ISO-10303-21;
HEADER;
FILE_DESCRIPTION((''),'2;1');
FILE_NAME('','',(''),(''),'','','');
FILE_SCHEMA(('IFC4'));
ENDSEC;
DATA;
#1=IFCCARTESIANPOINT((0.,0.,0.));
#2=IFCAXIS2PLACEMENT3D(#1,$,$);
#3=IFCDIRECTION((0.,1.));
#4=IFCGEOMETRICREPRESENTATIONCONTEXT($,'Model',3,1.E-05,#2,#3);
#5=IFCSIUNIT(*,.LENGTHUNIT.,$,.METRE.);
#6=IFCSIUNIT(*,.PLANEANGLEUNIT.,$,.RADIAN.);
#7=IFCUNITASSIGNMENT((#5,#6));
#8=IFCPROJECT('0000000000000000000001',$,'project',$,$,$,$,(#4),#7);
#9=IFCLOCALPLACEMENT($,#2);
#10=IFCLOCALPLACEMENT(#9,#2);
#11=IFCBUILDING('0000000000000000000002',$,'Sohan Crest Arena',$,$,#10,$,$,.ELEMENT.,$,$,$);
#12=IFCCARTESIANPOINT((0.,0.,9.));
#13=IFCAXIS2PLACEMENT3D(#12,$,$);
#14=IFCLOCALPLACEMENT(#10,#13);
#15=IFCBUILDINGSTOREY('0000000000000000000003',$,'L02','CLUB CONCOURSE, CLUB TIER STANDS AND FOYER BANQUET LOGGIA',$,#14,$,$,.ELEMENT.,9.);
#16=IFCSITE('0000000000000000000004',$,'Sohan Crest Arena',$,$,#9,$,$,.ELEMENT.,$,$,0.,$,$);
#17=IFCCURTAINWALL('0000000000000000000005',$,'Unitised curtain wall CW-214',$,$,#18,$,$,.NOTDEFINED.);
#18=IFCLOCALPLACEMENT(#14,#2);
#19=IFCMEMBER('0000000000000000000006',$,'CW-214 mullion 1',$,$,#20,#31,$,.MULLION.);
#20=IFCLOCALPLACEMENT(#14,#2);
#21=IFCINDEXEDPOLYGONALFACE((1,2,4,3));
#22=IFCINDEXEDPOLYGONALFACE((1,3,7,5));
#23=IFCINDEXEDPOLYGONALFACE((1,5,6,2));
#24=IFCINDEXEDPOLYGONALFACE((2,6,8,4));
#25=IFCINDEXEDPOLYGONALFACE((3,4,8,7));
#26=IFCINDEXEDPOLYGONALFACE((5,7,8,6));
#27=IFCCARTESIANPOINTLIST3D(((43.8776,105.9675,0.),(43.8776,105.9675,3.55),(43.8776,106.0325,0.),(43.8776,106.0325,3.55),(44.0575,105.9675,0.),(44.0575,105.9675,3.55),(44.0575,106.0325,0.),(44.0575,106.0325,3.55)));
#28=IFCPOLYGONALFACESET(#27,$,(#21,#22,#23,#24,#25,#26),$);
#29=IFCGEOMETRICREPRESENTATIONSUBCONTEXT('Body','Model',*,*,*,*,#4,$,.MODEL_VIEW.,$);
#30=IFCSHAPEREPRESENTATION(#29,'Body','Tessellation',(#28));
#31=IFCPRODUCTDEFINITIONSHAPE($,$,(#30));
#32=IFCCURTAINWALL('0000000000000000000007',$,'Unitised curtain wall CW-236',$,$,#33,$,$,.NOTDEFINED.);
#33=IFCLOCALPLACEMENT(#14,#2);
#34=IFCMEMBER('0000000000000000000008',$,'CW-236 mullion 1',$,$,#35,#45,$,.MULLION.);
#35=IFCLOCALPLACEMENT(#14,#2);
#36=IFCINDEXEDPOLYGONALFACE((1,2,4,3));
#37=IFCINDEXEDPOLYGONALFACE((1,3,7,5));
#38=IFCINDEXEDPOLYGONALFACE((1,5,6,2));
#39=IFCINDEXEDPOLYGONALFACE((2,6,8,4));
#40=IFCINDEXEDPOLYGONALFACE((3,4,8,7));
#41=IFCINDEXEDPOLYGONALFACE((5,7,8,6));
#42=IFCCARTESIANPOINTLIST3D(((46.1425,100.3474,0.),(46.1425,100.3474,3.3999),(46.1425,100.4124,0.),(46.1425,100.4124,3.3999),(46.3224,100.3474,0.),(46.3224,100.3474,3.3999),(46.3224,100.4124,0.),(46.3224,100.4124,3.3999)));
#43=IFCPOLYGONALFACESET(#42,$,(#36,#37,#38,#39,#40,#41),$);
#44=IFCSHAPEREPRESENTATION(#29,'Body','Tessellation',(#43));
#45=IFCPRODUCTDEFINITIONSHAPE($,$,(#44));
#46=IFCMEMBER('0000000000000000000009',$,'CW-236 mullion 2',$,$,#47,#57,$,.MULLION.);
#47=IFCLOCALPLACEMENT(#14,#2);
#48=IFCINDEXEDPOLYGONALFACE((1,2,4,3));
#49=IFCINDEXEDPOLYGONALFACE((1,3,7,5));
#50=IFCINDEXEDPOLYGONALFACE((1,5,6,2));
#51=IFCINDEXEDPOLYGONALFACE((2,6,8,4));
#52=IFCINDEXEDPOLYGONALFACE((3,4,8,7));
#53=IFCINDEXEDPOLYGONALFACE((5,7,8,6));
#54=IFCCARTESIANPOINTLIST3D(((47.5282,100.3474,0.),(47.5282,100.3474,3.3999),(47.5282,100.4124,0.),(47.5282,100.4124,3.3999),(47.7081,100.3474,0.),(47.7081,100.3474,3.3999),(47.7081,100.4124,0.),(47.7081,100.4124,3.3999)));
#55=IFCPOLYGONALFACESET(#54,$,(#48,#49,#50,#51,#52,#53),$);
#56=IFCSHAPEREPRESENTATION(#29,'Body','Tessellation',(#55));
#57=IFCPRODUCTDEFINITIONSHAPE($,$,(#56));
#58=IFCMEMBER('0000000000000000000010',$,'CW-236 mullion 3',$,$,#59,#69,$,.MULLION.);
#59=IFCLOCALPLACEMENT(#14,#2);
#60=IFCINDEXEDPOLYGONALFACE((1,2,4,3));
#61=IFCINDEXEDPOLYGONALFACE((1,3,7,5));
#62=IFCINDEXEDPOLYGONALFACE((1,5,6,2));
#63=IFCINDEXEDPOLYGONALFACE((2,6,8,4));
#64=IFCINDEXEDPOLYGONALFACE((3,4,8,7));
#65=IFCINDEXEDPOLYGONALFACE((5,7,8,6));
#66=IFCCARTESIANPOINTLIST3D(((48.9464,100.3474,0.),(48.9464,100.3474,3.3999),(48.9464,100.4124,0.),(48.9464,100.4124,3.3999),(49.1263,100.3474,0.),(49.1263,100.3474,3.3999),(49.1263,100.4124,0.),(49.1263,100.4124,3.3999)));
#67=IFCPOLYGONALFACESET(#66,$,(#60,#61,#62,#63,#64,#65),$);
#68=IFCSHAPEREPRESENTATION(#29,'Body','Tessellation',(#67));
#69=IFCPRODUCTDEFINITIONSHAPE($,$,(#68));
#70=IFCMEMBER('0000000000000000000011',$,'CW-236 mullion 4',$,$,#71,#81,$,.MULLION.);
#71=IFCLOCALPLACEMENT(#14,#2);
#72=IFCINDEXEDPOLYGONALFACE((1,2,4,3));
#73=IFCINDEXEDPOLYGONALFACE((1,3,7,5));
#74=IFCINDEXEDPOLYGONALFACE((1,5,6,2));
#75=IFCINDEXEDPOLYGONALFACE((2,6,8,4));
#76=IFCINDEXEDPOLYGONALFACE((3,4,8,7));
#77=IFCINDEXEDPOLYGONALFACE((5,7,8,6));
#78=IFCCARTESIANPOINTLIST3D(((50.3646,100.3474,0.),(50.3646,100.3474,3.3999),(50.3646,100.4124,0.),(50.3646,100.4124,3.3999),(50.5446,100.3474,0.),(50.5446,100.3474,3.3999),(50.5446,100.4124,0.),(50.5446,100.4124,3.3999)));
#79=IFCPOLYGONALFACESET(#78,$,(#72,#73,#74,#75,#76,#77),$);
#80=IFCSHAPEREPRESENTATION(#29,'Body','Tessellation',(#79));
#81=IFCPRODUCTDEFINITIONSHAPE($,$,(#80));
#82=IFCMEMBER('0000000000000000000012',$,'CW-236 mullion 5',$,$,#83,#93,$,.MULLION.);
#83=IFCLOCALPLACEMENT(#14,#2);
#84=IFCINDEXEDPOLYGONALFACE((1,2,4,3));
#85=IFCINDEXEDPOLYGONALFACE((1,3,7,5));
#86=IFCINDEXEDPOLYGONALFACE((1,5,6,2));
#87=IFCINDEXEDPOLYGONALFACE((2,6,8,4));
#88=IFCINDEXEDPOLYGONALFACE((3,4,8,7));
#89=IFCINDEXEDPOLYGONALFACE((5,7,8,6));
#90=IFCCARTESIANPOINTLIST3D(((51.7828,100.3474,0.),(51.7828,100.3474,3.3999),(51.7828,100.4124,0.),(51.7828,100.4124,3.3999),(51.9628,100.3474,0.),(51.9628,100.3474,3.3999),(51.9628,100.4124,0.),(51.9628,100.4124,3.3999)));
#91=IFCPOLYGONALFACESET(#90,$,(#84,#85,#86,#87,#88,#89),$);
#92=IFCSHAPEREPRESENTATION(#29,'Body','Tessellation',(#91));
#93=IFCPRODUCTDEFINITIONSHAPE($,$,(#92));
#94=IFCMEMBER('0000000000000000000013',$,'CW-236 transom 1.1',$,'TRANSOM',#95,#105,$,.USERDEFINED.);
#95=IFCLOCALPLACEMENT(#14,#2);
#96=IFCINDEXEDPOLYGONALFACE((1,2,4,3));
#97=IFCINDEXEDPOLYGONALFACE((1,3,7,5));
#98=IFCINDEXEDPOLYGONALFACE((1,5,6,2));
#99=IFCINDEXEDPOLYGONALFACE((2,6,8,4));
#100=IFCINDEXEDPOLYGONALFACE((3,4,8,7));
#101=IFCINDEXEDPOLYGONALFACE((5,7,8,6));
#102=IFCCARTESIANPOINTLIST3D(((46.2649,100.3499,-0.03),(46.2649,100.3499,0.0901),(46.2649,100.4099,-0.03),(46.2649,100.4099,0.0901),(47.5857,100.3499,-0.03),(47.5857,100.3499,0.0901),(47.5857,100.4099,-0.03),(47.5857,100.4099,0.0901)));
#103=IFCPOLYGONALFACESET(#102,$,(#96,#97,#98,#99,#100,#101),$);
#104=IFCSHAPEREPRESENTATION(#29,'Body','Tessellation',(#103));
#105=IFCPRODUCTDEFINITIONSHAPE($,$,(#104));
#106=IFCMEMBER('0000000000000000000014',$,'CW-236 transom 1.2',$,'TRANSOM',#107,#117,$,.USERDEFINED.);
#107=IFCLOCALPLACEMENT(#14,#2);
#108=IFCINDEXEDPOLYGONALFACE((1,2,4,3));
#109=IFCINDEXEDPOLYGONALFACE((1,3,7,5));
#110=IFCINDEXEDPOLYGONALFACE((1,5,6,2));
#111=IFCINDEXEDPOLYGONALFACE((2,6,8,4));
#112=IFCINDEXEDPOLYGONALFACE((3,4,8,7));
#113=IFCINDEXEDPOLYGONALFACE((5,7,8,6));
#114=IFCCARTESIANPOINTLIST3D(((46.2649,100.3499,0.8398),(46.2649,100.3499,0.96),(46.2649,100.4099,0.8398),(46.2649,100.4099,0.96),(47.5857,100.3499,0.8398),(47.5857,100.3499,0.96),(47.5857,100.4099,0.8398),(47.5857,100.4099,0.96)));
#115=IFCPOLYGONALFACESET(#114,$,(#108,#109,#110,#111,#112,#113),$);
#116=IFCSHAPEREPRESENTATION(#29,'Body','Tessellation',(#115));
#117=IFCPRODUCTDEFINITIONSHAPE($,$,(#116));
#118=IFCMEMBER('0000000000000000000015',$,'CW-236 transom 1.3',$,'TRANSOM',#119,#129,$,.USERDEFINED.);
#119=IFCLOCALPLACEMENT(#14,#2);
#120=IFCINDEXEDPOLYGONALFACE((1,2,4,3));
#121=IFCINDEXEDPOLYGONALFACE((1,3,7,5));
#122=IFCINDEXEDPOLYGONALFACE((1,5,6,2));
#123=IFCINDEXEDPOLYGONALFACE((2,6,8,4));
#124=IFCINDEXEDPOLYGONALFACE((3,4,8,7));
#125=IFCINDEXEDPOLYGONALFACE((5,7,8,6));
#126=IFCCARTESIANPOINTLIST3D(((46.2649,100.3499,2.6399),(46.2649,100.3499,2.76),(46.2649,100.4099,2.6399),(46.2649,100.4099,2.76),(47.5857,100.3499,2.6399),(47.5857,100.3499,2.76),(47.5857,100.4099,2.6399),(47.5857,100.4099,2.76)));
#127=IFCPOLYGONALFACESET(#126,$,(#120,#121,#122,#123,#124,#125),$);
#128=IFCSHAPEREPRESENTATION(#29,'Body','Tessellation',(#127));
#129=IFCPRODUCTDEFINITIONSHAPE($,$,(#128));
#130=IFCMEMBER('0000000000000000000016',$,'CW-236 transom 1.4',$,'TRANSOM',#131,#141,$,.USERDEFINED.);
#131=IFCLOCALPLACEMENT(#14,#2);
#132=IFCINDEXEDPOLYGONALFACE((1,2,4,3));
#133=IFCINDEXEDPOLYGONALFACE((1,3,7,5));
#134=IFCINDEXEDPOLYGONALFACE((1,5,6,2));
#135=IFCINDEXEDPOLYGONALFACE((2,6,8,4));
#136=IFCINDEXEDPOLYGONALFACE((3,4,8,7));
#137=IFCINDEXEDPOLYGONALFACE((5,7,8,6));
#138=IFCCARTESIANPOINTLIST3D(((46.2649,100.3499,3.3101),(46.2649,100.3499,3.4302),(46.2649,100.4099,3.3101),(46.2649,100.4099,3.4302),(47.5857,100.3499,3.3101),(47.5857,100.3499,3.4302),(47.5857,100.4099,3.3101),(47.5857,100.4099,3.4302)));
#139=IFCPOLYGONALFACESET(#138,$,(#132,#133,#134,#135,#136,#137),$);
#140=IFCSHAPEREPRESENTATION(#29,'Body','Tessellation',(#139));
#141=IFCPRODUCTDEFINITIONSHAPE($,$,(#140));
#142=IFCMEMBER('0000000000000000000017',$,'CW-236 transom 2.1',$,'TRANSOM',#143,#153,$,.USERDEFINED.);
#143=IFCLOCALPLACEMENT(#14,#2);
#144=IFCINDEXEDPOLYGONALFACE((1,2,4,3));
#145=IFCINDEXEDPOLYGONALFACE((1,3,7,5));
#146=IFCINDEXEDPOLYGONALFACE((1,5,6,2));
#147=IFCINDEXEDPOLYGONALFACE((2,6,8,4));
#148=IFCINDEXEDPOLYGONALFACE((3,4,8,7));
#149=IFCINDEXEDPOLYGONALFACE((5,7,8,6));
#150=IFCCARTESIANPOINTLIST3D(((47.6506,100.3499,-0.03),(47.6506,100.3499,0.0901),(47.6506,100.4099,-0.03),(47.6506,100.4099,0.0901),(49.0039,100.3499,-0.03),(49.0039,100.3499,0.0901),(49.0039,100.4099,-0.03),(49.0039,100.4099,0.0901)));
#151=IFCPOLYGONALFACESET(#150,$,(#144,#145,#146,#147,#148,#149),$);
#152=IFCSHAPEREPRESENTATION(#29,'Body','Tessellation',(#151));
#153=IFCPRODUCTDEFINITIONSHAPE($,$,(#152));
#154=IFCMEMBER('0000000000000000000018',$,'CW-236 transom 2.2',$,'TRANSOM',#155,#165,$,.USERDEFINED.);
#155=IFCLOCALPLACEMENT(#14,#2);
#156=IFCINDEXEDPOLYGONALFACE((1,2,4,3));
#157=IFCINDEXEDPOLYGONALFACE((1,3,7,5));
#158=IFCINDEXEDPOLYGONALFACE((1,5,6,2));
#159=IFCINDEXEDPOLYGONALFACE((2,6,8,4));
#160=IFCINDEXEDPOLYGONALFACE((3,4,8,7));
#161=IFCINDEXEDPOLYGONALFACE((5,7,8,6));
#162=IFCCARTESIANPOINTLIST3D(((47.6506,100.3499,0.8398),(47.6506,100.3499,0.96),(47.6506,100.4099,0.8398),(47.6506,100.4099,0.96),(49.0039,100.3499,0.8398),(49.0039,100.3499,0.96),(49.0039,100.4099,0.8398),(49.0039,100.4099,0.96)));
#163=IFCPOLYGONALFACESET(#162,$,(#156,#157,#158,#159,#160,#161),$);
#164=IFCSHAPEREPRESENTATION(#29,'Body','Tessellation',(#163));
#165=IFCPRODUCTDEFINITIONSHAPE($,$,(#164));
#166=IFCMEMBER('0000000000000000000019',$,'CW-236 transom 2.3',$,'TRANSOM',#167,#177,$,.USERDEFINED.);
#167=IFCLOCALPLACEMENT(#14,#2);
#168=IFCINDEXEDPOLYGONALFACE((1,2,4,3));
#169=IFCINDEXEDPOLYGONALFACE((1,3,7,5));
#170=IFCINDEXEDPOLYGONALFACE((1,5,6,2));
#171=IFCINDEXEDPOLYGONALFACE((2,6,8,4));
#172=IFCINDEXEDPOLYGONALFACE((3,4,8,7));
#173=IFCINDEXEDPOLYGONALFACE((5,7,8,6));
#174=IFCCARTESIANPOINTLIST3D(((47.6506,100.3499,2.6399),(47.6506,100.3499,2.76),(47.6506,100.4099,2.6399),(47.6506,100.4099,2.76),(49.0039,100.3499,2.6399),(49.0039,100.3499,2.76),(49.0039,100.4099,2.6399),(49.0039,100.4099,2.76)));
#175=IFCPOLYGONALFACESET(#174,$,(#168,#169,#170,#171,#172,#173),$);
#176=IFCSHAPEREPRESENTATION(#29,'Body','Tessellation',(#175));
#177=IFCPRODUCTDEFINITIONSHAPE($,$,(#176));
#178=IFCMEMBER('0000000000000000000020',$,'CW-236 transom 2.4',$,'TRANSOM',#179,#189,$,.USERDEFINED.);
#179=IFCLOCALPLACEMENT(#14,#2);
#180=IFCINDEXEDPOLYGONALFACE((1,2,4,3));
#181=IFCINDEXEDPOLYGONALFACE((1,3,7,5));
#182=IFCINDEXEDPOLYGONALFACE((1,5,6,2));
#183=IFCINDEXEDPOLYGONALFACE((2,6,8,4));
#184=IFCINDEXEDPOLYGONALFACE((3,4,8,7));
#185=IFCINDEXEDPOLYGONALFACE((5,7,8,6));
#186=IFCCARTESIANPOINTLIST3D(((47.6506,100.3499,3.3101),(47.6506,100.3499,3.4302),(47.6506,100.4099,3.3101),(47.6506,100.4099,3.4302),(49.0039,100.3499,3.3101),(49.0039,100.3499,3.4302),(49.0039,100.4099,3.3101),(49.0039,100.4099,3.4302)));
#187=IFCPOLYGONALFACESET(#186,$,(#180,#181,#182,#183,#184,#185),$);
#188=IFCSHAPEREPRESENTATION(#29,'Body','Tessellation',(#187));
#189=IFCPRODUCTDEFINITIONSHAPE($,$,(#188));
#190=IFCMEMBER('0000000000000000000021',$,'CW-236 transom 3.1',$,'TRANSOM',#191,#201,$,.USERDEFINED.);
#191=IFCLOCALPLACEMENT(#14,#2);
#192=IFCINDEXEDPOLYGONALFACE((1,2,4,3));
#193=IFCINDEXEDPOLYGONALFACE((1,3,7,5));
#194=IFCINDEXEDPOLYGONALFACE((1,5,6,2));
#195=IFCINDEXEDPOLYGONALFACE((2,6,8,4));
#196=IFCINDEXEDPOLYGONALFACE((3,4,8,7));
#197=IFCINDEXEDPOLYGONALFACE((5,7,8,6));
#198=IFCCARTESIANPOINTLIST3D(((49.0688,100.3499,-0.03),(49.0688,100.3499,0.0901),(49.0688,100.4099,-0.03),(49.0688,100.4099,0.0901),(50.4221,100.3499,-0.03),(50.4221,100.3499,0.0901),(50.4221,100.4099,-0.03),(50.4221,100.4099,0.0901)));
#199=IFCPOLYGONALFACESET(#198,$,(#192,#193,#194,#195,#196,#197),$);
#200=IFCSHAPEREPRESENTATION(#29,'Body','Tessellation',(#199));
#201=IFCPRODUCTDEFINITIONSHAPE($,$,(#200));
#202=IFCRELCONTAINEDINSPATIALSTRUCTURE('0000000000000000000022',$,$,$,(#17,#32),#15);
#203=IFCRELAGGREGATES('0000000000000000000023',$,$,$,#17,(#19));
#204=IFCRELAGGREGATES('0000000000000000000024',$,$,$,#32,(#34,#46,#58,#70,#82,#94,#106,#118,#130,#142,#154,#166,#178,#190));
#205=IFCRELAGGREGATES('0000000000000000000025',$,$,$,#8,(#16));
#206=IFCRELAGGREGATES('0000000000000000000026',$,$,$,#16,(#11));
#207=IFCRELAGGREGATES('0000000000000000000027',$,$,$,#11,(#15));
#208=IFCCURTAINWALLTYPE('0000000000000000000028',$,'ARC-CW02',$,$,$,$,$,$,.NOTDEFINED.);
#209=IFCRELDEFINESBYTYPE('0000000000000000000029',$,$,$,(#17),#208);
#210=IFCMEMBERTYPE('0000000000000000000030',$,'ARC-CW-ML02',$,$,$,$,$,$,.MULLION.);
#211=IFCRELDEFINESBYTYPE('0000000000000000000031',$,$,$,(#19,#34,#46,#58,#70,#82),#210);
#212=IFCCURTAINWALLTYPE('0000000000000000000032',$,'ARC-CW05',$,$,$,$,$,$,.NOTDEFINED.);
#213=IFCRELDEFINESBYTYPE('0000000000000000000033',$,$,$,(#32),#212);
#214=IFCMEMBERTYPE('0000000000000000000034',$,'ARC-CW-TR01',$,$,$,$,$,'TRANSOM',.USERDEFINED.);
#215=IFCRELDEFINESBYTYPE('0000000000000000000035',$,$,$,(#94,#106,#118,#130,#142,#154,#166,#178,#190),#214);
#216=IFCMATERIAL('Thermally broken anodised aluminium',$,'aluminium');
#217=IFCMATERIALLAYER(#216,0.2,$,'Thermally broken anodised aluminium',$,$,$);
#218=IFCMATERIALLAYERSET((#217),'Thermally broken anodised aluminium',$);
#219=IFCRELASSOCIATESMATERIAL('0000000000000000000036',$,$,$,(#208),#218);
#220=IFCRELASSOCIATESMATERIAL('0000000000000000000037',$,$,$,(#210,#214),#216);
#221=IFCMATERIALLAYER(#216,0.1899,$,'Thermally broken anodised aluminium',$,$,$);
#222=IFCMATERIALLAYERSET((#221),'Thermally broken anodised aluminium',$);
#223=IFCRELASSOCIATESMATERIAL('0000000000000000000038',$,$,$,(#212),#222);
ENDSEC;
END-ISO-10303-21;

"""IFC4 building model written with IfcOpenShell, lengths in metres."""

from ifc_helpers import new_model, si_unit, direction, frame, origin, origin_2d, place, context, subcontext, project, spatial, rectangle, extrude, material, layer, layer_set, material_profile, profile_set, type_object, element, aggregate, save


model = new_model("IFC4")

# Units and contexts
model_context = context("Model", 3, precision=1e-05, world=origin(), true_north=direction((0.0, 1.0)))
body_context = subcontext(model_context, "Body", "Model", "MODEL_VIEW")
ifc_project = project(units=[si_unit("LENGTHUNIT", "METRE"), si_unit("PLANEANGLEUNIT", "RADIAN")], contexts=[model_context])

# Site, building, storey
site_placement = place(None, origin())
site = spatial("IfcSite", under=ifc_project, at=site_placement, Name="Sohan Crest Arena", CompositionType="ELEMENT", RefElevation=0.0)
building_placement = place(site_placement, origin())
building = spatial("IfcBuilding", under=site, at=building_placement, Name="Sohan Crest Arena", CompositionType="ELEMENT")
storey_placement = place(building_placement, frame((0.0, 0.0, 9.0)))
storey = spatial("IfcBuildingStorey", under=building, at=storey_placement, Name="L02", Description="CLUB CONCOURSE, CLUB TIER STANDS AND FOYER BANQUET LOGGIA", CompositionType="ELEMENT", Elevation=9.0)

# Curtain wall, member
ifc_material_1 = material(Name="Thermally broken anodised aluminium", Category="aluminium")
ifc_layer_1 = layer(ifc_material_1, 0.2, Name="Thermally broken anodised aluminium")
ifc_layer_set_1 = layer_set([ifc_layer_1], Name="Thermally broken anodised aluminium")
curtain_wall_type_1 = type_object("IfcCurtainWallType", Name="ARC-CW02", PredefinedType="NOTDEFINED", material=ifc_layer_set_1)
curtain_wall_1_placement = place(storey_placement, origin())
curtain_wall_1 = element("IfcCurtainWall", 1, at=curtain_wall_1_placement, inside=storey, type_object=curtain_wall_type_1, Name="Unitised curtain wall CW-214", PredefinedType="NOTDEFINED")
ifc_material_profile_1 = material_profile(ifc_material_1, rectangle(XDim=0.0649, YDim=0.1799, at=origin_2d()), Name="ALU-MULL 65x180")
ifc_profile_set_1 = profile_set([ifc_material_profile_1], Name="Thermally broken anodised aluminium")
member_type_1 = type_object("IfcMemberType", Name="ARC-CW-ML02", PredefinedType="MULLION", material=ifc_profile_set_1)
member_1_placement = place(storey_placement, frame((43.9675, 106.0, 0.0), z_axis=(0.0, 0.0, 1.0), x_axis=(0.0, -1.0, 0.0)))
member_1 = element("IfcMember", 2, at=member_1_placement, type_object=member_type_1, Name="CW-214 mullion 1", PredefinedType="MULLION", context=body_context, shape_type="SweptSolid", body=[
    extrude(rectangle(XDim=0.0649, YDim=0.1799, at=origin_2d()), origin(), (0.0, 0.0, 1.0), 3.55),
])
aggregate(curtain_wall_1, [member_1])

# Curtain wall, members
ifc_layer_2 = layer(ifc_material_1, 0.1899, Name="Thermally broken anodised aluminium")
ifc_layer_set_2 = layer_set([ifc_layer_2], Name="Thermally broken anodised aluminium")
curtain_wall_type_2 = type_object("IfcCurtainWallType", Name="ARC-CW05", PredefinedType="NOTDEFINED", material=ifc_layer_set_2)
curtain_wall_2_placement = place(storey_placement, origin())
curtain_wall_2 = element("IfcCurtainWall", 3, at=curtain_wall_2_placement, inside=storey, type_object=curtain_wall_type_2, Name="Unitised curtain wall CW-236", PredefinedType="NOTDEFINED")
member_2_placement = place(storey_placement, frame((46.2324, 100.3799, 0.0), z_axis=(0.0, 0.0, 1.0), x_axis=(0.0, 1.0, 0.0)))
member_2 = element("IfcMember", 4, at=member_2_placement, type_object=member_type_1, Name="CW-236 mullion 1", PredefinedType="MULLION", context=body_context, shape_type="SweptSolid", body=[
    extrude(rectangle(XDim=0.0649, YDim=0.1799, at=origin_2d()), origin(), (0.0, 0.0, 1.0), 3.3999),
])
member_3_placement = place(storey_placement, frame((47.6182, 100.3799, 0.0), z_axis=(0.0, 0.0, 1.0), x_axis=(0.0, 1.0, 0.0)))
member_3 = element("IfcMember", 5, at=member_3_placement, type_object=member_type_1, Name="CW-236 mullion 2", PredefinedType="MULLION", context=body_context, shape_type="SweptSolid", body=[
    extrude(rectangle(XDim=0.0649, YDim=0.1799, at=origin_2d()), origin(), (0.0, 0.0, 1.0), 3.3999),
])
member_4_placement = place(storey_placement, frame((49.0364, 100.3799, 0.0), z_axis=(0.0, 0.0, 1.0), x_axis=(0.0, 1.0, 0.0)))
member_4 = element("IfcMember", 6, at=member_4_placement, type_object=member_type_1, Name="CW-236 mullion 3", PredefinedType="MULLION", context=body_context, shape_type="SweptSolid", body=[
    extrude(rectangle(XDim=0.0649, YDim=0.1799, at=origin_2d()), origin(), (0.0, 0.0, 1.0), 3.3999),
])
member_5_placement = place(storey_placement, frame((50.4546, 100.3799, 0.0), z_axis=(0.0, 0.0, 1.0), x_axis=(0.0, 1.0, 0.0)))
member_5 = element("IfcMember", 7, at=member_5_placement, type_object=member_type_1, Name="CW-236 mullion 4", PredefinedType="MULLION", context=body_context, shape_type="SweptSolid", body=[
    extrude(rectangle(XDim=0.0649, YDim=0.1799, at=origin_2d()), origin(), (0.0, 0.0, 1.0), 3.3999),
])
member_6_placement = place(storey_placement, frame((51.8728, 100.3799, 0.0), z_axis=(0.0, 0.0, 1.0), x_axis=(0.0, 1.0, 0.0)))
member_6 = element("IfcMember", 8, at=member_6_placement, type_object=member_type_1, Name="CW-236 mullion 5", PredefinedType="MULLION", context=body_context, shape_type="SweptSolid", body=[
    extrude(rectangle(XDim=0.0649, YDim=0.1799, at=origin_2d()), origin(), (0.0, 0.0, 1.0), 3.3999),
])
ifc_material_profile_2 = material_profile(ifc_material_1, rectangle(XDim=0.0601, YDim=0.1201, at=origin_2d()), Name="ALU-TRAN 60x120")
ifc_profile_set_2 = profile_set([ifc_material_profile_2], Name="Thermally broken anodised aluminium")
member_type_2 = type_object("IfcMemberType", Name="ARC-CW-TR01", ElementType="TRANSOM", PredefinedType="USERDEFINED", material=ifc_profile_set_2)
member_7_placement = place(storey_placement, frame((46.2649, 100.3799, 0.03), z_axis=(1.0, 0.0, 0.0), x_axis=(0.0, 1.0, 0.0)))
member_7 = element("IfcMember", 9, at=member_7_placement, type_object=member_type_2, Name="CW-236 transom 1.1", ObjectType="TRANSOM", PredefinedType="USERDEFINED", context=body_context, shape_type="SweptSolid", body=[
    extrude(rectangle(XDim=0.0601, YDim=0.1201, at=origin_2d()), origin(), (0.0, 0.0, 1.0), 1.3208),
])
member_8_placement = place(storey_placement, frame((46.2649, 100.3799, 0.8999), z_axis=(1.0, 0.0, 0.0), x_axis=(0.0, 1.0, 0.0)))
member_8 = element("IfcMember", 10, at=member_8_placement, type_object=member_type_2, Name="CW-236 transom 1.2", ObjectType="TRANSOM", PredefinedType="USERDEFINED", context=body_context, shape_type="SweptSolid", body=[
    extrude(rectangle(XDim=0.0601, YDim=0.1201, at=origin_2d()), origin(), (0.0, 0.0, 1.0), 1.3208),
])
member_9_placement = place(storey_placement, frame((46.2649, 100.3799, 2.7), z_axis=(1.0, 0.0, 0.0), x_axis=(0.0, 1.0, 0.0)))
member_9 = element("IfcMember", 11, at=member_9_placement, type_object=member_type_2, Name="CW-236 transom 1.3", ObjectType="TRANSOM", PredefinedType="USERDEFINED", context=body_context, shape_type="SweptSolid", body=[
    extrude(rectangle(XDim=0.0601, YDim=0.1201, at=origin_2d()), origin(), (0.0, 0.0, 1.0), 1.3208),
])
member_10_placement = place(storey_placement, frame((46.2649, 100.3799, 3.3701), z_axis=(1.0, 0.0, 0.0), x_axis=(0.0, 1.0, 0.0)))
member_10 = element("IfcMember", 12, at=member_10_placement, type_object=member_type_2, Name="CW-236 transom 1.4", ObjectType="TRANSOM", PredefinedType="USERDEFINED", context=body_context, shape_type="SweptSolid", body=[
    extrude(rectangle(XDim=0.0601, YDim=0.1201, at=origin_2d()), origin(), (0.0, 0.0, 1.0), 1.3208),
])
member_11_placement = place(storey_placement, frame((47.6506, 100.3799, 0.03), z_axis=(1.0, 0.0, 0.0), x_axis=(0.0, 1.0, 0.0)))
member_11 = element("IfcMember", 13, at=member_11_placement, type_object=member_type_2, Name="CW-236 transom 2.1", ObjectType="TRANSOM", PredefinedType="USERDEFINED", context=body_context, shape_type="SweptSolid", body=[
    extrude(rectangle(XDim=0.0601, YDim=0.1201, at=origin_2d()), origin(), (0.0, 0.0, 1.0), 1.3533),
])
member_12_placement = place(storey_placement, frame((47.6506, 100.3799, 0.8999), z_axis=(1.0, 0.0, 0.0), x_axis=(0.0, 1.0, 0.0)))
member_12 = element("IfcMember", 14, at=member_12_placement, type_object=member_type_2, Name="CW-236 transom 2.2", ObjectType="TRANSOM", PredefinedType="USERDEFINED", context=body_context, shape_type="SweptSolid", body=[
    extrude(rectangle(XDim=0.0601, YDim=0.1201, at=origin_2d()), origin(), (0.0, 0.0, 1.0), 1.3533),
])
member_13_placement = place(storey_placement, frame((47.6506, 100.3799, 2.7), z_axis=(1.0, 0.0, 0.0), x_axis=(0.0, 1.0, 0.0)))
member_13 = element("IfcMember", 15, at=member_13_placement, type_object=member_type_2, Name="CW-236 transom 2.3", ObjectType="TRANSOM", PredefinedType="USERDEFINED", context=body_context, shape_type="SweptSolid", body=[
    extrude(rectangle(XDim=0.0601, YDim=0.1201, at=origin_2d()), origin(), (0.0, 0.0, 1.0), 1.3533),
])
member_14_placement = place(storey_placement, frame((47.6506, 100.3799, 3.3701), z_axis=(1.0, 0.0, 0.0), x_axis=(0.0, 1.0, 0.0)))
member_14 = element("IfcMember", 16, at=member_14_placement, type_object=member_type_2, Name="CW-236 transom 2.4", ObjectType="TRANSOM", PredefinedType="USERDEFINED", context=body_context, shape_type="SweptSolid", body=[
    extrude(rectangle(XDim=0.0601, YDim=0.1201, at=origin_2d()), origin(), (0.0, 0.0, 1.0), 1.3533),
])
member_15_placement = place(storey_placement, frame((49.0688, 100.3799, 0.03), z_axis=(1.0, 0.0, 0.0), x_axis=(0.0, 1.0, 0.0)))
member_15 = element("IfcMember", 17, at=member_15_placement, type_object=member_type_2, Name="CW-236 transom 3.1", ObjectType="TRANSOM", PredefinedType="USERDEFINED", context=body_context, shape_type="SweptSolid", body=[
    extrude(rectangle(XDim=0.0601, YDim=0.1201, at=origin_2d()), origin(), (0.0, 0.0, 1.0), 1.3533),
])
aggregate(curtain_wall_2, [member_2, member_3, member_4, member_5, member_6, member_7, member_8, member_9, member_10, member_11, member_12, member_13, member_14, member_15])

save(model, "model.ifc")
